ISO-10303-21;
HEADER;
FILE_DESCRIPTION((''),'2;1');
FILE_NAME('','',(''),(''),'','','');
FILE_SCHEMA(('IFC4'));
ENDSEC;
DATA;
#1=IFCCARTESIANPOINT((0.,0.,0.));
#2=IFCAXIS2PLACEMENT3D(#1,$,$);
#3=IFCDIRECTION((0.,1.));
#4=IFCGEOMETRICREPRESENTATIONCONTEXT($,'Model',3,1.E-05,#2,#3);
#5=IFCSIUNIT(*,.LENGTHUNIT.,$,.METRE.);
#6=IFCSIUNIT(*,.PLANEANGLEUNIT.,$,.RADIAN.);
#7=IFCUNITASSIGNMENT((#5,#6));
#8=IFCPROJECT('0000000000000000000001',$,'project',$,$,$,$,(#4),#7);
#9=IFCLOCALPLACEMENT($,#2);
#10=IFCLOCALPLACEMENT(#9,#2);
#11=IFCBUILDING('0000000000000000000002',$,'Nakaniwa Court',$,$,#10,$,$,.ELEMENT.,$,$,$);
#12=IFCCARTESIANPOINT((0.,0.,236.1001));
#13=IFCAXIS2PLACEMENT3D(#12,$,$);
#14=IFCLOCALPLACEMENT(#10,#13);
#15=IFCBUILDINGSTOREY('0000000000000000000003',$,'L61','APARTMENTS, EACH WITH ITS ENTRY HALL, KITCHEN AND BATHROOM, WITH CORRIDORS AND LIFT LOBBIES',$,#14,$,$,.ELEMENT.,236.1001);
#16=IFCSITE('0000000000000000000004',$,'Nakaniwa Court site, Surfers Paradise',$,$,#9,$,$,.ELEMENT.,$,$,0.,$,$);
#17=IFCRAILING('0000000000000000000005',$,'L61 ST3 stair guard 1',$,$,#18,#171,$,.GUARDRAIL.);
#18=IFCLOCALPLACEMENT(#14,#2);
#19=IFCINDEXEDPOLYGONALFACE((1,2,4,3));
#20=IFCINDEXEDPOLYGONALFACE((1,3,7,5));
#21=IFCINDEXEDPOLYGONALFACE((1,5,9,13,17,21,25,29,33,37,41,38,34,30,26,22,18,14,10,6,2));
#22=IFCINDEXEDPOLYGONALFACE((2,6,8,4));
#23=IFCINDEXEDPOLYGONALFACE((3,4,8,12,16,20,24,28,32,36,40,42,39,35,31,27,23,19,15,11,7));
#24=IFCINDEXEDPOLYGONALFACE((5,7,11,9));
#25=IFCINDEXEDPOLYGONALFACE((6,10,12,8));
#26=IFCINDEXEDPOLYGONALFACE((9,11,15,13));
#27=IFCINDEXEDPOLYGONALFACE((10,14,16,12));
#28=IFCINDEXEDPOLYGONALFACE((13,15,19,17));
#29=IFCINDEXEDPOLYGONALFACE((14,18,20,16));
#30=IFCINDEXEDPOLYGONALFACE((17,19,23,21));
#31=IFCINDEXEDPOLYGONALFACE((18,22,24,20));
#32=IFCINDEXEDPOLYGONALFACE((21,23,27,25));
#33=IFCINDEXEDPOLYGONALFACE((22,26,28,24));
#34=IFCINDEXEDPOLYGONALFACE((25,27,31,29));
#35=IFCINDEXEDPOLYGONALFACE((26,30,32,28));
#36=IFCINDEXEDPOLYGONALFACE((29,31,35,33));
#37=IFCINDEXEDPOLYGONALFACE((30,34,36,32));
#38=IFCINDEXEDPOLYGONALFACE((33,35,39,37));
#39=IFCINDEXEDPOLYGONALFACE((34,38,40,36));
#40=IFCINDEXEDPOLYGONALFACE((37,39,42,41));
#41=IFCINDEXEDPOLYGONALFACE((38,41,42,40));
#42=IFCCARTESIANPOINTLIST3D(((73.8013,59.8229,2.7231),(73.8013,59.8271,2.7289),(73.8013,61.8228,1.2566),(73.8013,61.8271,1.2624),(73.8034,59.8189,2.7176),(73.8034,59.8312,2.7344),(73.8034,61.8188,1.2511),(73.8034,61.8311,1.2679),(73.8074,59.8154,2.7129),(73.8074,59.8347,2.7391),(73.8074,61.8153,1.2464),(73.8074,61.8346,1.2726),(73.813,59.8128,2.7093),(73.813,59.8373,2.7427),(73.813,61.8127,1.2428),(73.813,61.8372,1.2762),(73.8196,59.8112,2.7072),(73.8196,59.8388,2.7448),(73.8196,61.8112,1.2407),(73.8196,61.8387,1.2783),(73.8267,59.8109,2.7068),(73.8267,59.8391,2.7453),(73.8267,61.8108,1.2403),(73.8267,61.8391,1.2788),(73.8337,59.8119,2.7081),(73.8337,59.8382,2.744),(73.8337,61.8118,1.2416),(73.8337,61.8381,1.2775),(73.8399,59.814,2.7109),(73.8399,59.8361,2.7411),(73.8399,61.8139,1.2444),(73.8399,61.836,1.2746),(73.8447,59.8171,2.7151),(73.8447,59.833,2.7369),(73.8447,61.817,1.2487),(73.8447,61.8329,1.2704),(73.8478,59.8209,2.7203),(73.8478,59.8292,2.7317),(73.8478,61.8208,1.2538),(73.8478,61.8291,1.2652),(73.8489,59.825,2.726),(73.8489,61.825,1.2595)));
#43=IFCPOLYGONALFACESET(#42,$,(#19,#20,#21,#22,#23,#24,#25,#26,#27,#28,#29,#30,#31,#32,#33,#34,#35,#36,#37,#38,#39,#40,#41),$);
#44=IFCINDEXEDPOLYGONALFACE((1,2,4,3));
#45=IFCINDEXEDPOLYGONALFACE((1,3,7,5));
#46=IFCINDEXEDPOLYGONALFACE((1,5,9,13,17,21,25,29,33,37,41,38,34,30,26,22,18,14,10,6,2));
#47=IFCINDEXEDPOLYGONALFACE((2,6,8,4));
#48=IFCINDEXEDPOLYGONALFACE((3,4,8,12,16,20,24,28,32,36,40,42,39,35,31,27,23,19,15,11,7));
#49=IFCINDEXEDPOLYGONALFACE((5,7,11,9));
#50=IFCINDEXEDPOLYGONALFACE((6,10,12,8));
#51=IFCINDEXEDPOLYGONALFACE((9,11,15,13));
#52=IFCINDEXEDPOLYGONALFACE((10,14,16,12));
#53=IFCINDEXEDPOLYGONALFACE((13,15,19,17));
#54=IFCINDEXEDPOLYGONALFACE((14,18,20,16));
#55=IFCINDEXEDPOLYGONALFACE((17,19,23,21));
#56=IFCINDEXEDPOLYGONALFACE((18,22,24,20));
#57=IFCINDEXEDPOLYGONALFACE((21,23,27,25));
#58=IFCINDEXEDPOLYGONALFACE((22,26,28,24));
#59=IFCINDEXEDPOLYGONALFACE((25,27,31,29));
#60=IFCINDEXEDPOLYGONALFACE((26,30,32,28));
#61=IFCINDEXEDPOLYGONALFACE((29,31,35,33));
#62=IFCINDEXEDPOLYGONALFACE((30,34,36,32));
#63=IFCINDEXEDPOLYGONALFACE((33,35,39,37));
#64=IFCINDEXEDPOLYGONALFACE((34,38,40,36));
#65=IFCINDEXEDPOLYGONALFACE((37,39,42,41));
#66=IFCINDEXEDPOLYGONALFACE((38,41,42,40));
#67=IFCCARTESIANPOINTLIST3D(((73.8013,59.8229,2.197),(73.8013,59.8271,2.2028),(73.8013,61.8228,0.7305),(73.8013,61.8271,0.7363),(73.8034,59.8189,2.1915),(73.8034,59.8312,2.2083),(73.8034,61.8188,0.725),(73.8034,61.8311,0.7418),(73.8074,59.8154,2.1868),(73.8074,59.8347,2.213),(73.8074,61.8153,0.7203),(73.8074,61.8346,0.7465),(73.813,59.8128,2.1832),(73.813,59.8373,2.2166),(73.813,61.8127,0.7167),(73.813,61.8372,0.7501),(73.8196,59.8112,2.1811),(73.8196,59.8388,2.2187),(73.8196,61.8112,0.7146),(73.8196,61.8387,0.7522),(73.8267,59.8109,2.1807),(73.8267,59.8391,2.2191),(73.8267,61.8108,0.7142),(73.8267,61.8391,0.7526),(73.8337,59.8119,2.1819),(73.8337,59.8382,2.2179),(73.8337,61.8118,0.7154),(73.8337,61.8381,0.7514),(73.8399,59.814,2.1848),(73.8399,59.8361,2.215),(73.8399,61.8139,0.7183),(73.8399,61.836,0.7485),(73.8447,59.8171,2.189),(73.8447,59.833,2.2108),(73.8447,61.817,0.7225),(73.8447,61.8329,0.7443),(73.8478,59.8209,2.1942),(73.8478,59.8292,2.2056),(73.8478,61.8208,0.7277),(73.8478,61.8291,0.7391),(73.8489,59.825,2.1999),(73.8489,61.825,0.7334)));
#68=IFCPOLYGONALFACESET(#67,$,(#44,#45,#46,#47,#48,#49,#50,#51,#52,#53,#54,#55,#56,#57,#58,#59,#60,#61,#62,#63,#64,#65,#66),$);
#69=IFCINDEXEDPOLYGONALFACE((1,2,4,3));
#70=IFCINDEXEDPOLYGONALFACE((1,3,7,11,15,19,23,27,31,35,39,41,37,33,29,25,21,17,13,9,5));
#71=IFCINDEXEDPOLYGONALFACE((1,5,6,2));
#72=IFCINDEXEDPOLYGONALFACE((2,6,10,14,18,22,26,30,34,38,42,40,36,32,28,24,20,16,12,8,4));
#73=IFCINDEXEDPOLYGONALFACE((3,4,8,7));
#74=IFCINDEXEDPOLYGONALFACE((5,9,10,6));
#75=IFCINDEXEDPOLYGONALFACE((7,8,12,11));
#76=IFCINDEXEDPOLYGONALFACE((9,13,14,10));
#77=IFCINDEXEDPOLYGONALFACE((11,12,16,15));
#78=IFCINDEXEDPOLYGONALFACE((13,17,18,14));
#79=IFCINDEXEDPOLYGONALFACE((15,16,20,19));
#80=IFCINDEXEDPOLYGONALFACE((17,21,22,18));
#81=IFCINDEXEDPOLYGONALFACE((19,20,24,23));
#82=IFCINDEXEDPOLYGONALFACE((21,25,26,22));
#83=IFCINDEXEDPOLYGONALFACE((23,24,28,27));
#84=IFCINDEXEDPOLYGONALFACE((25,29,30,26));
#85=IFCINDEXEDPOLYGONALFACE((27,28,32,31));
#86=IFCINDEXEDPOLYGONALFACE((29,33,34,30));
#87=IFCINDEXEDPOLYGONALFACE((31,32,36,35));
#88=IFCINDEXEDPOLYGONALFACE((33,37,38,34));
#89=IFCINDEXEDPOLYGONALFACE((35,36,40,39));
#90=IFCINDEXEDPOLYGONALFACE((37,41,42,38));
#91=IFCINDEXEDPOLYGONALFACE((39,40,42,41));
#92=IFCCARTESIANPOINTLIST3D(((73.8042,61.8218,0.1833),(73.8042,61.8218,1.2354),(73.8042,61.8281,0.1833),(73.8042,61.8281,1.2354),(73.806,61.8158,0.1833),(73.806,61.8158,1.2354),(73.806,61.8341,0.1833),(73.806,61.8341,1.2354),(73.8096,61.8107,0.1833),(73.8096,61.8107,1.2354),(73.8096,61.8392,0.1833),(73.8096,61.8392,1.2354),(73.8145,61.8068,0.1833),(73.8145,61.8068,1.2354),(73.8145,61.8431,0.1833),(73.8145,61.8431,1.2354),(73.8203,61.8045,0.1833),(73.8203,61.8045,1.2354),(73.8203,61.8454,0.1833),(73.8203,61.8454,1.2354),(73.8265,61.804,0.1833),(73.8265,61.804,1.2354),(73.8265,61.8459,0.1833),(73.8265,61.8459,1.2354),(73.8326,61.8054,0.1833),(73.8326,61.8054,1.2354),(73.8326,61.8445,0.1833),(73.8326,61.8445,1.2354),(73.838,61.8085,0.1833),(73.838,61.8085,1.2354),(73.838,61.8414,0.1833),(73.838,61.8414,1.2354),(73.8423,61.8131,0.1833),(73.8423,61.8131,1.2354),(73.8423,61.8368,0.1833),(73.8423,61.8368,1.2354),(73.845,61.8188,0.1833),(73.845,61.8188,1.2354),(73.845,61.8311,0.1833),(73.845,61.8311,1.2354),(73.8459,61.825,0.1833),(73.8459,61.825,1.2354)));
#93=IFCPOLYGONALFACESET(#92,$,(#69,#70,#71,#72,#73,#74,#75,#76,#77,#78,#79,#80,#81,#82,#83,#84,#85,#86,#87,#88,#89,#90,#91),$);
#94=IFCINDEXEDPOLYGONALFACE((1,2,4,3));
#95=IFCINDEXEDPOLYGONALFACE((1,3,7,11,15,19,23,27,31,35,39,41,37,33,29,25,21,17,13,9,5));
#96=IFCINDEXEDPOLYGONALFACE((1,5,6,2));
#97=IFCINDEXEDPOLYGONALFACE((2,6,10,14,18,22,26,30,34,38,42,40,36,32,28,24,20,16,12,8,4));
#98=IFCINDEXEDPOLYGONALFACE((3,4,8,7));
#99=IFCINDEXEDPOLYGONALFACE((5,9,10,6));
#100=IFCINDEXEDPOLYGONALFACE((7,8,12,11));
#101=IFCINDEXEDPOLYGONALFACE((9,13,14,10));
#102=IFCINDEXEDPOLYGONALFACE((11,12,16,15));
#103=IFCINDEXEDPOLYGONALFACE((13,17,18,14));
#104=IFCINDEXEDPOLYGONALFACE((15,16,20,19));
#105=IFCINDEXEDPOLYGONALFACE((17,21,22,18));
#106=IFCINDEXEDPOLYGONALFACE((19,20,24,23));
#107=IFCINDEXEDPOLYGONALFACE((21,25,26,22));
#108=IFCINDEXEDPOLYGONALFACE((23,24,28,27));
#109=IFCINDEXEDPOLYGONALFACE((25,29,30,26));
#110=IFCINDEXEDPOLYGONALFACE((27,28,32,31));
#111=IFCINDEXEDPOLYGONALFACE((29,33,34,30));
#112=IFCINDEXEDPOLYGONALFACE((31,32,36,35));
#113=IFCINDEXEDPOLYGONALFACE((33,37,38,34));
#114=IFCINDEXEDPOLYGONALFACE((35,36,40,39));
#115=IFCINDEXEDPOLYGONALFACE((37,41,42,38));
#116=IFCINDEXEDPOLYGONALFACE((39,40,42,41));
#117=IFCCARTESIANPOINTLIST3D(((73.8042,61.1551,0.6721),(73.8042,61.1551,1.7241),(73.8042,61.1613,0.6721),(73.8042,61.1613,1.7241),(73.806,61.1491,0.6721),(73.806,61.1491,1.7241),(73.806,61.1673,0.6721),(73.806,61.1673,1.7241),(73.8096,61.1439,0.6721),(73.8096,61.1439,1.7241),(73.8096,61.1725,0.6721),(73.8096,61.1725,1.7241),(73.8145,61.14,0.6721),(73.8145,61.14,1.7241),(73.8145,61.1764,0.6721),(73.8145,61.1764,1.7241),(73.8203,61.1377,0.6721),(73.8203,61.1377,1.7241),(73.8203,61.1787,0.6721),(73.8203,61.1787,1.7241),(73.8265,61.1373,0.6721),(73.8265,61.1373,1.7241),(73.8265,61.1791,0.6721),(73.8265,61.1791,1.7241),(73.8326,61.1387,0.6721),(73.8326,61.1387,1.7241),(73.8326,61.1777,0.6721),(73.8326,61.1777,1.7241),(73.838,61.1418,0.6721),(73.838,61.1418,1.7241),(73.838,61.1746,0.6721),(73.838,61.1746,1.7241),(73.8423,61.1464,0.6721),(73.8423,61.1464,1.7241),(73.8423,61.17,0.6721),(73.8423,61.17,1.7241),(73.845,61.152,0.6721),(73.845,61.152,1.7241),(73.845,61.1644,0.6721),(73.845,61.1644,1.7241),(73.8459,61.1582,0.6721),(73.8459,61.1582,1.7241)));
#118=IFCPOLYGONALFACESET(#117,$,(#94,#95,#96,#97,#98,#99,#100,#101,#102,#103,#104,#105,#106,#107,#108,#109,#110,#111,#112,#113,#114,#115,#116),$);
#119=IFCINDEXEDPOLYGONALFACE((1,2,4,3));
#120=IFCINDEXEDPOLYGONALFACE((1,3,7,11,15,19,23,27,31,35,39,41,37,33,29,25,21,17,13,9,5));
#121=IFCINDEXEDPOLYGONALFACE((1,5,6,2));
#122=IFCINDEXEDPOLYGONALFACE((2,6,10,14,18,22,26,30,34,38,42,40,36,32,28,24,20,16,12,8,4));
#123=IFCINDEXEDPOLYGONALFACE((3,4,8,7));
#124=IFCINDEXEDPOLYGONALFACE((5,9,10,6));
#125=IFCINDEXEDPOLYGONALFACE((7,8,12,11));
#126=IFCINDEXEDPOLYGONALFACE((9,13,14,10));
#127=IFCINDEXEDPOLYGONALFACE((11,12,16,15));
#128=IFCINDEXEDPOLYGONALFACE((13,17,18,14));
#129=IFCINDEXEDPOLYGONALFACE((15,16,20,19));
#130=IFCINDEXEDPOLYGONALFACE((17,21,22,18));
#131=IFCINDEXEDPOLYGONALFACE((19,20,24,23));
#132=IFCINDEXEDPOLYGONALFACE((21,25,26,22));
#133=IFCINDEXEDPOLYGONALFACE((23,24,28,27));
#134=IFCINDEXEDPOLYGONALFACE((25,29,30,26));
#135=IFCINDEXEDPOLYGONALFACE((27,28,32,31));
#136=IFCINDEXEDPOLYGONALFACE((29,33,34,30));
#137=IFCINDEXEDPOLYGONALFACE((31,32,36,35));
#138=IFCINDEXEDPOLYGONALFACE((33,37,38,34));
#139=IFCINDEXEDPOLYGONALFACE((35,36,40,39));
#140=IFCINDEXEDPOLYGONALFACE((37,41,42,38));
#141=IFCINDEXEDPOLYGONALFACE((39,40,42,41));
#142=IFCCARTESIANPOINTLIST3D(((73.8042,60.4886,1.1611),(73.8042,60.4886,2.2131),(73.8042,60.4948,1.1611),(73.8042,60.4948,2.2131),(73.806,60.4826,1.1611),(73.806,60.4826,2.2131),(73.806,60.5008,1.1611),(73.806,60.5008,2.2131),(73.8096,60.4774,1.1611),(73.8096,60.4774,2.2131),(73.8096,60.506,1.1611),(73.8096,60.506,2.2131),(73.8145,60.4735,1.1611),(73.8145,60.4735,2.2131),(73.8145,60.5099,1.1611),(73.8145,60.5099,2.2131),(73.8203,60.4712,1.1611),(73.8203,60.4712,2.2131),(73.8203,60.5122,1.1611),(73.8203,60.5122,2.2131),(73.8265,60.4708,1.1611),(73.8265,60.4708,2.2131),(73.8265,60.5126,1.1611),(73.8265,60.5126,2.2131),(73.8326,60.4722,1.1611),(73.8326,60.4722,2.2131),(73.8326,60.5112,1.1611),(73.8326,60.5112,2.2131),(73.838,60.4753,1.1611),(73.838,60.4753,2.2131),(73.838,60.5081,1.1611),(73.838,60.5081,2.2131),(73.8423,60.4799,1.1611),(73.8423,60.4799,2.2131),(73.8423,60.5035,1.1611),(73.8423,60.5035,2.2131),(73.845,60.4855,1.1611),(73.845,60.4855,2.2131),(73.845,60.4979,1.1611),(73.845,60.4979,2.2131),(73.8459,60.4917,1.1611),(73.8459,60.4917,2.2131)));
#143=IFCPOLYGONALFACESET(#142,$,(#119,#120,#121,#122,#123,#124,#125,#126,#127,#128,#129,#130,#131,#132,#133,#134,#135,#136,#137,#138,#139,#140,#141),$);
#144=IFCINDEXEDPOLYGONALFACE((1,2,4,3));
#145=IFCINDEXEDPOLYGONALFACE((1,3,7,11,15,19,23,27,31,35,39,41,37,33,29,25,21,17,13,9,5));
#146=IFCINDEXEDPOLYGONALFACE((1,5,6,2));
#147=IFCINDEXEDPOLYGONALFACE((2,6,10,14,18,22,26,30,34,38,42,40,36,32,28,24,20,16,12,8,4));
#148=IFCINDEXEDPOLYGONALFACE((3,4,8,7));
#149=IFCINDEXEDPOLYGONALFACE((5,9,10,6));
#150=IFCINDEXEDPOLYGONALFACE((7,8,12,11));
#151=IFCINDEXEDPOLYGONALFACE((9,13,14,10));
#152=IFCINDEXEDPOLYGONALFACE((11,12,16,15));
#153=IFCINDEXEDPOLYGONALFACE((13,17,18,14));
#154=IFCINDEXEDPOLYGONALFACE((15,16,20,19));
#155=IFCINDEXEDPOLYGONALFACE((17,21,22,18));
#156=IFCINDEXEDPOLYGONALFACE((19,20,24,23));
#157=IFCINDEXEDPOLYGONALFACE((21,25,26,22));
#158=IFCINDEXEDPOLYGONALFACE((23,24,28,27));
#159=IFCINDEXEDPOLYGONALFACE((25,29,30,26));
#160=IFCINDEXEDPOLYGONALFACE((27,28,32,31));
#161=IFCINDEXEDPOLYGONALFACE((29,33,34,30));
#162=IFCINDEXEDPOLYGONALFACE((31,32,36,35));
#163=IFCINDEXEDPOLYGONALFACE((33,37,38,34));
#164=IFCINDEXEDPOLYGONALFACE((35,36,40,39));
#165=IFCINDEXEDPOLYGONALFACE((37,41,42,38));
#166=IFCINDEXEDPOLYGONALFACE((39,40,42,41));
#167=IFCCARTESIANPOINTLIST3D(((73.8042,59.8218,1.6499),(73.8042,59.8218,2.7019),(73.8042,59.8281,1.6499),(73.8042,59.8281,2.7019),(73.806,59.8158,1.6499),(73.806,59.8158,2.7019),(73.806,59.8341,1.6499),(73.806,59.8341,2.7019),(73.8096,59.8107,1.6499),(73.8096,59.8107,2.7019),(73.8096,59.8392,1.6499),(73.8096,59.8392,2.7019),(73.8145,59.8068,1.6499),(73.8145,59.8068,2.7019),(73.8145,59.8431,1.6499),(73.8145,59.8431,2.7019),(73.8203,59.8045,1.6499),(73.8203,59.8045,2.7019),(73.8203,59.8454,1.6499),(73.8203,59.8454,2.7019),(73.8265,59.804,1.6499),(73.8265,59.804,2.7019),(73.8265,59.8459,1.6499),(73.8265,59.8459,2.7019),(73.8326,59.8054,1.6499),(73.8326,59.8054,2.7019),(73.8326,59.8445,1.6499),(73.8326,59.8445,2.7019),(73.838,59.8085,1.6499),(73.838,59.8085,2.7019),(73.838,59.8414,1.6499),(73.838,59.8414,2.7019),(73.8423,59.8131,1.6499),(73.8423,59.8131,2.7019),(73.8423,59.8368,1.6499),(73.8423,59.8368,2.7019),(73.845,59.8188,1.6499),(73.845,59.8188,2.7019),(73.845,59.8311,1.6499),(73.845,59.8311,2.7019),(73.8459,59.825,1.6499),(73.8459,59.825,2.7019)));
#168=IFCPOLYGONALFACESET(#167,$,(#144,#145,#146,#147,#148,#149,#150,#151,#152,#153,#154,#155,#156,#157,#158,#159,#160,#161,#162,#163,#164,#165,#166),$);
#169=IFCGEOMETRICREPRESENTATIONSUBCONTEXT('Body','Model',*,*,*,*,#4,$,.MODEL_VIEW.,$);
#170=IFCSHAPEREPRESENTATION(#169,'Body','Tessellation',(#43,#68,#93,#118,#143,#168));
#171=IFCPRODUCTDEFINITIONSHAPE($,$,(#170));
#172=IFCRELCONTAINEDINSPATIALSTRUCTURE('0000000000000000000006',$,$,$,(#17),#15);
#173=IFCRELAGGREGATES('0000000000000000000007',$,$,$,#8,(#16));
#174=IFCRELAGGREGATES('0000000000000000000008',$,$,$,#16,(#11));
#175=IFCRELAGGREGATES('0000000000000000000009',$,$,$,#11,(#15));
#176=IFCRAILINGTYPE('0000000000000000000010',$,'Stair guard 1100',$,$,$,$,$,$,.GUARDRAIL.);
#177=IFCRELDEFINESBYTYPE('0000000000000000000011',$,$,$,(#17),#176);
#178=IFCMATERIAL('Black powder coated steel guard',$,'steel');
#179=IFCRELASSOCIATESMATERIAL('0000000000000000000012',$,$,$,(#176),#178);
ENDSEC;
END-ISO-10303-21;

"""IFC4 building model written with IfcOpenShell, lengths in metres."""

from ifc_helpers import new_model, si_unit, direction, frame, origin, origin_2d, place, context, subcontext, project, spatial, circle, extrude, material, type_object, element, save


model = new_model("IFC4")

# Units and contexts
model_context = context("Model", 3, precision=1e-05, world=origin(), true_north=direction((0.0, 1.0)))
body_context = subcontext(model_context, "Body", "Model", "MODEL_VIEW")
ifc_project = project(units=[si_unit("LENGTHUNIT", "METRE"), si_unit("PLANEANGLEUNIT", "RADIAN")], contexts=[model_context])

# Site, building, storey
site_placement = place(None, origin())
site = spatial("IfcSite", under=ifc_project, at=site_placement, Name="Nakaniwa Court site, Surfers Paradise", CompositionType="ELEMENT", RefElevation=0.0)
building_placement = place(site_placement, origin())
building = spatial("IfcBuilding", under=site, at=building_placement, Name="Nakaniwa Court", CompositionType="ELEMENT")
storey_placement = place(building_placement, frame((0.0, 0.0, 236.1001)))
storey = spatial("IfcBuildingStorey", under=building, at=storey_placement, Name="L61", Description="APARTMENTS, EACH WITH ITS ENTRY HALL, KITCHEN AND BATHROOM, WITH CORRIDORS AND LIFT LOBBIES", CompositionType="ELEMENT", Elevation=236.1001)

# Railing
ifc_material_1 = material(Name="Black powder coated steel guard", Category="steel")
railing_type_1 = type_object("IfcRailingType", Name="Stair guard 1100", PredefinedType="GUARDRAIL", material=ifc_material_1)
railing_1_placement = place(storey_placement, frame((73.825, 61.825, 0.1833)))
element("IfcRailing", 1, at=railing_1_placement, inside=storey, type_object=railing_type_1, Name="L61 ST3 stair guard 1", PredefinedType="GUARDRAIL", context=body_context, shape_type="SweptSolid", body=[
    extrude(circle(Radius=0.0239, at=origin_2d()), frame((0.0, 0.0, 1.0762), z_axis=(0.0, -0.806427, 0.591334), x_axis=(1.0, 0.0, 0.0)), (0.0, 0.0, 1.0), 2.48),
    extrude(circle(Radius=0.0239, at=origin_2d()), frame((0.0, 0.0, 0.55), z_axis=(0.0, -0.806427, 0.591334), x_axis=(1.0, 0.0, 0.0)), (0.0, 0.0, 1.0), 2.48),
    extrude(circle(Radius=0.021, at=origin_2d()), origin(), (0.0, 0.0, 1.0), 1.052),
    extrude(circle(Radius=0.021, at=origin_2d()), frame((0.0, -0.6667, 0.4888)), (0.0, 0.0, 1.0), 1.052),
    extrude(circle(Radius=0.021, at=origin_2d()), frame((0.0, -1.3333, 0.9778)), (0.0, 0.0, 1.0), 1.052),
    extrude(circle(Radius=0.021, at=origin_2d()), frame((0.0, -2.0, 1.4666)), (0.0, 0.0, 1.0), 1.052),
])

save(model, "model.ifc")
